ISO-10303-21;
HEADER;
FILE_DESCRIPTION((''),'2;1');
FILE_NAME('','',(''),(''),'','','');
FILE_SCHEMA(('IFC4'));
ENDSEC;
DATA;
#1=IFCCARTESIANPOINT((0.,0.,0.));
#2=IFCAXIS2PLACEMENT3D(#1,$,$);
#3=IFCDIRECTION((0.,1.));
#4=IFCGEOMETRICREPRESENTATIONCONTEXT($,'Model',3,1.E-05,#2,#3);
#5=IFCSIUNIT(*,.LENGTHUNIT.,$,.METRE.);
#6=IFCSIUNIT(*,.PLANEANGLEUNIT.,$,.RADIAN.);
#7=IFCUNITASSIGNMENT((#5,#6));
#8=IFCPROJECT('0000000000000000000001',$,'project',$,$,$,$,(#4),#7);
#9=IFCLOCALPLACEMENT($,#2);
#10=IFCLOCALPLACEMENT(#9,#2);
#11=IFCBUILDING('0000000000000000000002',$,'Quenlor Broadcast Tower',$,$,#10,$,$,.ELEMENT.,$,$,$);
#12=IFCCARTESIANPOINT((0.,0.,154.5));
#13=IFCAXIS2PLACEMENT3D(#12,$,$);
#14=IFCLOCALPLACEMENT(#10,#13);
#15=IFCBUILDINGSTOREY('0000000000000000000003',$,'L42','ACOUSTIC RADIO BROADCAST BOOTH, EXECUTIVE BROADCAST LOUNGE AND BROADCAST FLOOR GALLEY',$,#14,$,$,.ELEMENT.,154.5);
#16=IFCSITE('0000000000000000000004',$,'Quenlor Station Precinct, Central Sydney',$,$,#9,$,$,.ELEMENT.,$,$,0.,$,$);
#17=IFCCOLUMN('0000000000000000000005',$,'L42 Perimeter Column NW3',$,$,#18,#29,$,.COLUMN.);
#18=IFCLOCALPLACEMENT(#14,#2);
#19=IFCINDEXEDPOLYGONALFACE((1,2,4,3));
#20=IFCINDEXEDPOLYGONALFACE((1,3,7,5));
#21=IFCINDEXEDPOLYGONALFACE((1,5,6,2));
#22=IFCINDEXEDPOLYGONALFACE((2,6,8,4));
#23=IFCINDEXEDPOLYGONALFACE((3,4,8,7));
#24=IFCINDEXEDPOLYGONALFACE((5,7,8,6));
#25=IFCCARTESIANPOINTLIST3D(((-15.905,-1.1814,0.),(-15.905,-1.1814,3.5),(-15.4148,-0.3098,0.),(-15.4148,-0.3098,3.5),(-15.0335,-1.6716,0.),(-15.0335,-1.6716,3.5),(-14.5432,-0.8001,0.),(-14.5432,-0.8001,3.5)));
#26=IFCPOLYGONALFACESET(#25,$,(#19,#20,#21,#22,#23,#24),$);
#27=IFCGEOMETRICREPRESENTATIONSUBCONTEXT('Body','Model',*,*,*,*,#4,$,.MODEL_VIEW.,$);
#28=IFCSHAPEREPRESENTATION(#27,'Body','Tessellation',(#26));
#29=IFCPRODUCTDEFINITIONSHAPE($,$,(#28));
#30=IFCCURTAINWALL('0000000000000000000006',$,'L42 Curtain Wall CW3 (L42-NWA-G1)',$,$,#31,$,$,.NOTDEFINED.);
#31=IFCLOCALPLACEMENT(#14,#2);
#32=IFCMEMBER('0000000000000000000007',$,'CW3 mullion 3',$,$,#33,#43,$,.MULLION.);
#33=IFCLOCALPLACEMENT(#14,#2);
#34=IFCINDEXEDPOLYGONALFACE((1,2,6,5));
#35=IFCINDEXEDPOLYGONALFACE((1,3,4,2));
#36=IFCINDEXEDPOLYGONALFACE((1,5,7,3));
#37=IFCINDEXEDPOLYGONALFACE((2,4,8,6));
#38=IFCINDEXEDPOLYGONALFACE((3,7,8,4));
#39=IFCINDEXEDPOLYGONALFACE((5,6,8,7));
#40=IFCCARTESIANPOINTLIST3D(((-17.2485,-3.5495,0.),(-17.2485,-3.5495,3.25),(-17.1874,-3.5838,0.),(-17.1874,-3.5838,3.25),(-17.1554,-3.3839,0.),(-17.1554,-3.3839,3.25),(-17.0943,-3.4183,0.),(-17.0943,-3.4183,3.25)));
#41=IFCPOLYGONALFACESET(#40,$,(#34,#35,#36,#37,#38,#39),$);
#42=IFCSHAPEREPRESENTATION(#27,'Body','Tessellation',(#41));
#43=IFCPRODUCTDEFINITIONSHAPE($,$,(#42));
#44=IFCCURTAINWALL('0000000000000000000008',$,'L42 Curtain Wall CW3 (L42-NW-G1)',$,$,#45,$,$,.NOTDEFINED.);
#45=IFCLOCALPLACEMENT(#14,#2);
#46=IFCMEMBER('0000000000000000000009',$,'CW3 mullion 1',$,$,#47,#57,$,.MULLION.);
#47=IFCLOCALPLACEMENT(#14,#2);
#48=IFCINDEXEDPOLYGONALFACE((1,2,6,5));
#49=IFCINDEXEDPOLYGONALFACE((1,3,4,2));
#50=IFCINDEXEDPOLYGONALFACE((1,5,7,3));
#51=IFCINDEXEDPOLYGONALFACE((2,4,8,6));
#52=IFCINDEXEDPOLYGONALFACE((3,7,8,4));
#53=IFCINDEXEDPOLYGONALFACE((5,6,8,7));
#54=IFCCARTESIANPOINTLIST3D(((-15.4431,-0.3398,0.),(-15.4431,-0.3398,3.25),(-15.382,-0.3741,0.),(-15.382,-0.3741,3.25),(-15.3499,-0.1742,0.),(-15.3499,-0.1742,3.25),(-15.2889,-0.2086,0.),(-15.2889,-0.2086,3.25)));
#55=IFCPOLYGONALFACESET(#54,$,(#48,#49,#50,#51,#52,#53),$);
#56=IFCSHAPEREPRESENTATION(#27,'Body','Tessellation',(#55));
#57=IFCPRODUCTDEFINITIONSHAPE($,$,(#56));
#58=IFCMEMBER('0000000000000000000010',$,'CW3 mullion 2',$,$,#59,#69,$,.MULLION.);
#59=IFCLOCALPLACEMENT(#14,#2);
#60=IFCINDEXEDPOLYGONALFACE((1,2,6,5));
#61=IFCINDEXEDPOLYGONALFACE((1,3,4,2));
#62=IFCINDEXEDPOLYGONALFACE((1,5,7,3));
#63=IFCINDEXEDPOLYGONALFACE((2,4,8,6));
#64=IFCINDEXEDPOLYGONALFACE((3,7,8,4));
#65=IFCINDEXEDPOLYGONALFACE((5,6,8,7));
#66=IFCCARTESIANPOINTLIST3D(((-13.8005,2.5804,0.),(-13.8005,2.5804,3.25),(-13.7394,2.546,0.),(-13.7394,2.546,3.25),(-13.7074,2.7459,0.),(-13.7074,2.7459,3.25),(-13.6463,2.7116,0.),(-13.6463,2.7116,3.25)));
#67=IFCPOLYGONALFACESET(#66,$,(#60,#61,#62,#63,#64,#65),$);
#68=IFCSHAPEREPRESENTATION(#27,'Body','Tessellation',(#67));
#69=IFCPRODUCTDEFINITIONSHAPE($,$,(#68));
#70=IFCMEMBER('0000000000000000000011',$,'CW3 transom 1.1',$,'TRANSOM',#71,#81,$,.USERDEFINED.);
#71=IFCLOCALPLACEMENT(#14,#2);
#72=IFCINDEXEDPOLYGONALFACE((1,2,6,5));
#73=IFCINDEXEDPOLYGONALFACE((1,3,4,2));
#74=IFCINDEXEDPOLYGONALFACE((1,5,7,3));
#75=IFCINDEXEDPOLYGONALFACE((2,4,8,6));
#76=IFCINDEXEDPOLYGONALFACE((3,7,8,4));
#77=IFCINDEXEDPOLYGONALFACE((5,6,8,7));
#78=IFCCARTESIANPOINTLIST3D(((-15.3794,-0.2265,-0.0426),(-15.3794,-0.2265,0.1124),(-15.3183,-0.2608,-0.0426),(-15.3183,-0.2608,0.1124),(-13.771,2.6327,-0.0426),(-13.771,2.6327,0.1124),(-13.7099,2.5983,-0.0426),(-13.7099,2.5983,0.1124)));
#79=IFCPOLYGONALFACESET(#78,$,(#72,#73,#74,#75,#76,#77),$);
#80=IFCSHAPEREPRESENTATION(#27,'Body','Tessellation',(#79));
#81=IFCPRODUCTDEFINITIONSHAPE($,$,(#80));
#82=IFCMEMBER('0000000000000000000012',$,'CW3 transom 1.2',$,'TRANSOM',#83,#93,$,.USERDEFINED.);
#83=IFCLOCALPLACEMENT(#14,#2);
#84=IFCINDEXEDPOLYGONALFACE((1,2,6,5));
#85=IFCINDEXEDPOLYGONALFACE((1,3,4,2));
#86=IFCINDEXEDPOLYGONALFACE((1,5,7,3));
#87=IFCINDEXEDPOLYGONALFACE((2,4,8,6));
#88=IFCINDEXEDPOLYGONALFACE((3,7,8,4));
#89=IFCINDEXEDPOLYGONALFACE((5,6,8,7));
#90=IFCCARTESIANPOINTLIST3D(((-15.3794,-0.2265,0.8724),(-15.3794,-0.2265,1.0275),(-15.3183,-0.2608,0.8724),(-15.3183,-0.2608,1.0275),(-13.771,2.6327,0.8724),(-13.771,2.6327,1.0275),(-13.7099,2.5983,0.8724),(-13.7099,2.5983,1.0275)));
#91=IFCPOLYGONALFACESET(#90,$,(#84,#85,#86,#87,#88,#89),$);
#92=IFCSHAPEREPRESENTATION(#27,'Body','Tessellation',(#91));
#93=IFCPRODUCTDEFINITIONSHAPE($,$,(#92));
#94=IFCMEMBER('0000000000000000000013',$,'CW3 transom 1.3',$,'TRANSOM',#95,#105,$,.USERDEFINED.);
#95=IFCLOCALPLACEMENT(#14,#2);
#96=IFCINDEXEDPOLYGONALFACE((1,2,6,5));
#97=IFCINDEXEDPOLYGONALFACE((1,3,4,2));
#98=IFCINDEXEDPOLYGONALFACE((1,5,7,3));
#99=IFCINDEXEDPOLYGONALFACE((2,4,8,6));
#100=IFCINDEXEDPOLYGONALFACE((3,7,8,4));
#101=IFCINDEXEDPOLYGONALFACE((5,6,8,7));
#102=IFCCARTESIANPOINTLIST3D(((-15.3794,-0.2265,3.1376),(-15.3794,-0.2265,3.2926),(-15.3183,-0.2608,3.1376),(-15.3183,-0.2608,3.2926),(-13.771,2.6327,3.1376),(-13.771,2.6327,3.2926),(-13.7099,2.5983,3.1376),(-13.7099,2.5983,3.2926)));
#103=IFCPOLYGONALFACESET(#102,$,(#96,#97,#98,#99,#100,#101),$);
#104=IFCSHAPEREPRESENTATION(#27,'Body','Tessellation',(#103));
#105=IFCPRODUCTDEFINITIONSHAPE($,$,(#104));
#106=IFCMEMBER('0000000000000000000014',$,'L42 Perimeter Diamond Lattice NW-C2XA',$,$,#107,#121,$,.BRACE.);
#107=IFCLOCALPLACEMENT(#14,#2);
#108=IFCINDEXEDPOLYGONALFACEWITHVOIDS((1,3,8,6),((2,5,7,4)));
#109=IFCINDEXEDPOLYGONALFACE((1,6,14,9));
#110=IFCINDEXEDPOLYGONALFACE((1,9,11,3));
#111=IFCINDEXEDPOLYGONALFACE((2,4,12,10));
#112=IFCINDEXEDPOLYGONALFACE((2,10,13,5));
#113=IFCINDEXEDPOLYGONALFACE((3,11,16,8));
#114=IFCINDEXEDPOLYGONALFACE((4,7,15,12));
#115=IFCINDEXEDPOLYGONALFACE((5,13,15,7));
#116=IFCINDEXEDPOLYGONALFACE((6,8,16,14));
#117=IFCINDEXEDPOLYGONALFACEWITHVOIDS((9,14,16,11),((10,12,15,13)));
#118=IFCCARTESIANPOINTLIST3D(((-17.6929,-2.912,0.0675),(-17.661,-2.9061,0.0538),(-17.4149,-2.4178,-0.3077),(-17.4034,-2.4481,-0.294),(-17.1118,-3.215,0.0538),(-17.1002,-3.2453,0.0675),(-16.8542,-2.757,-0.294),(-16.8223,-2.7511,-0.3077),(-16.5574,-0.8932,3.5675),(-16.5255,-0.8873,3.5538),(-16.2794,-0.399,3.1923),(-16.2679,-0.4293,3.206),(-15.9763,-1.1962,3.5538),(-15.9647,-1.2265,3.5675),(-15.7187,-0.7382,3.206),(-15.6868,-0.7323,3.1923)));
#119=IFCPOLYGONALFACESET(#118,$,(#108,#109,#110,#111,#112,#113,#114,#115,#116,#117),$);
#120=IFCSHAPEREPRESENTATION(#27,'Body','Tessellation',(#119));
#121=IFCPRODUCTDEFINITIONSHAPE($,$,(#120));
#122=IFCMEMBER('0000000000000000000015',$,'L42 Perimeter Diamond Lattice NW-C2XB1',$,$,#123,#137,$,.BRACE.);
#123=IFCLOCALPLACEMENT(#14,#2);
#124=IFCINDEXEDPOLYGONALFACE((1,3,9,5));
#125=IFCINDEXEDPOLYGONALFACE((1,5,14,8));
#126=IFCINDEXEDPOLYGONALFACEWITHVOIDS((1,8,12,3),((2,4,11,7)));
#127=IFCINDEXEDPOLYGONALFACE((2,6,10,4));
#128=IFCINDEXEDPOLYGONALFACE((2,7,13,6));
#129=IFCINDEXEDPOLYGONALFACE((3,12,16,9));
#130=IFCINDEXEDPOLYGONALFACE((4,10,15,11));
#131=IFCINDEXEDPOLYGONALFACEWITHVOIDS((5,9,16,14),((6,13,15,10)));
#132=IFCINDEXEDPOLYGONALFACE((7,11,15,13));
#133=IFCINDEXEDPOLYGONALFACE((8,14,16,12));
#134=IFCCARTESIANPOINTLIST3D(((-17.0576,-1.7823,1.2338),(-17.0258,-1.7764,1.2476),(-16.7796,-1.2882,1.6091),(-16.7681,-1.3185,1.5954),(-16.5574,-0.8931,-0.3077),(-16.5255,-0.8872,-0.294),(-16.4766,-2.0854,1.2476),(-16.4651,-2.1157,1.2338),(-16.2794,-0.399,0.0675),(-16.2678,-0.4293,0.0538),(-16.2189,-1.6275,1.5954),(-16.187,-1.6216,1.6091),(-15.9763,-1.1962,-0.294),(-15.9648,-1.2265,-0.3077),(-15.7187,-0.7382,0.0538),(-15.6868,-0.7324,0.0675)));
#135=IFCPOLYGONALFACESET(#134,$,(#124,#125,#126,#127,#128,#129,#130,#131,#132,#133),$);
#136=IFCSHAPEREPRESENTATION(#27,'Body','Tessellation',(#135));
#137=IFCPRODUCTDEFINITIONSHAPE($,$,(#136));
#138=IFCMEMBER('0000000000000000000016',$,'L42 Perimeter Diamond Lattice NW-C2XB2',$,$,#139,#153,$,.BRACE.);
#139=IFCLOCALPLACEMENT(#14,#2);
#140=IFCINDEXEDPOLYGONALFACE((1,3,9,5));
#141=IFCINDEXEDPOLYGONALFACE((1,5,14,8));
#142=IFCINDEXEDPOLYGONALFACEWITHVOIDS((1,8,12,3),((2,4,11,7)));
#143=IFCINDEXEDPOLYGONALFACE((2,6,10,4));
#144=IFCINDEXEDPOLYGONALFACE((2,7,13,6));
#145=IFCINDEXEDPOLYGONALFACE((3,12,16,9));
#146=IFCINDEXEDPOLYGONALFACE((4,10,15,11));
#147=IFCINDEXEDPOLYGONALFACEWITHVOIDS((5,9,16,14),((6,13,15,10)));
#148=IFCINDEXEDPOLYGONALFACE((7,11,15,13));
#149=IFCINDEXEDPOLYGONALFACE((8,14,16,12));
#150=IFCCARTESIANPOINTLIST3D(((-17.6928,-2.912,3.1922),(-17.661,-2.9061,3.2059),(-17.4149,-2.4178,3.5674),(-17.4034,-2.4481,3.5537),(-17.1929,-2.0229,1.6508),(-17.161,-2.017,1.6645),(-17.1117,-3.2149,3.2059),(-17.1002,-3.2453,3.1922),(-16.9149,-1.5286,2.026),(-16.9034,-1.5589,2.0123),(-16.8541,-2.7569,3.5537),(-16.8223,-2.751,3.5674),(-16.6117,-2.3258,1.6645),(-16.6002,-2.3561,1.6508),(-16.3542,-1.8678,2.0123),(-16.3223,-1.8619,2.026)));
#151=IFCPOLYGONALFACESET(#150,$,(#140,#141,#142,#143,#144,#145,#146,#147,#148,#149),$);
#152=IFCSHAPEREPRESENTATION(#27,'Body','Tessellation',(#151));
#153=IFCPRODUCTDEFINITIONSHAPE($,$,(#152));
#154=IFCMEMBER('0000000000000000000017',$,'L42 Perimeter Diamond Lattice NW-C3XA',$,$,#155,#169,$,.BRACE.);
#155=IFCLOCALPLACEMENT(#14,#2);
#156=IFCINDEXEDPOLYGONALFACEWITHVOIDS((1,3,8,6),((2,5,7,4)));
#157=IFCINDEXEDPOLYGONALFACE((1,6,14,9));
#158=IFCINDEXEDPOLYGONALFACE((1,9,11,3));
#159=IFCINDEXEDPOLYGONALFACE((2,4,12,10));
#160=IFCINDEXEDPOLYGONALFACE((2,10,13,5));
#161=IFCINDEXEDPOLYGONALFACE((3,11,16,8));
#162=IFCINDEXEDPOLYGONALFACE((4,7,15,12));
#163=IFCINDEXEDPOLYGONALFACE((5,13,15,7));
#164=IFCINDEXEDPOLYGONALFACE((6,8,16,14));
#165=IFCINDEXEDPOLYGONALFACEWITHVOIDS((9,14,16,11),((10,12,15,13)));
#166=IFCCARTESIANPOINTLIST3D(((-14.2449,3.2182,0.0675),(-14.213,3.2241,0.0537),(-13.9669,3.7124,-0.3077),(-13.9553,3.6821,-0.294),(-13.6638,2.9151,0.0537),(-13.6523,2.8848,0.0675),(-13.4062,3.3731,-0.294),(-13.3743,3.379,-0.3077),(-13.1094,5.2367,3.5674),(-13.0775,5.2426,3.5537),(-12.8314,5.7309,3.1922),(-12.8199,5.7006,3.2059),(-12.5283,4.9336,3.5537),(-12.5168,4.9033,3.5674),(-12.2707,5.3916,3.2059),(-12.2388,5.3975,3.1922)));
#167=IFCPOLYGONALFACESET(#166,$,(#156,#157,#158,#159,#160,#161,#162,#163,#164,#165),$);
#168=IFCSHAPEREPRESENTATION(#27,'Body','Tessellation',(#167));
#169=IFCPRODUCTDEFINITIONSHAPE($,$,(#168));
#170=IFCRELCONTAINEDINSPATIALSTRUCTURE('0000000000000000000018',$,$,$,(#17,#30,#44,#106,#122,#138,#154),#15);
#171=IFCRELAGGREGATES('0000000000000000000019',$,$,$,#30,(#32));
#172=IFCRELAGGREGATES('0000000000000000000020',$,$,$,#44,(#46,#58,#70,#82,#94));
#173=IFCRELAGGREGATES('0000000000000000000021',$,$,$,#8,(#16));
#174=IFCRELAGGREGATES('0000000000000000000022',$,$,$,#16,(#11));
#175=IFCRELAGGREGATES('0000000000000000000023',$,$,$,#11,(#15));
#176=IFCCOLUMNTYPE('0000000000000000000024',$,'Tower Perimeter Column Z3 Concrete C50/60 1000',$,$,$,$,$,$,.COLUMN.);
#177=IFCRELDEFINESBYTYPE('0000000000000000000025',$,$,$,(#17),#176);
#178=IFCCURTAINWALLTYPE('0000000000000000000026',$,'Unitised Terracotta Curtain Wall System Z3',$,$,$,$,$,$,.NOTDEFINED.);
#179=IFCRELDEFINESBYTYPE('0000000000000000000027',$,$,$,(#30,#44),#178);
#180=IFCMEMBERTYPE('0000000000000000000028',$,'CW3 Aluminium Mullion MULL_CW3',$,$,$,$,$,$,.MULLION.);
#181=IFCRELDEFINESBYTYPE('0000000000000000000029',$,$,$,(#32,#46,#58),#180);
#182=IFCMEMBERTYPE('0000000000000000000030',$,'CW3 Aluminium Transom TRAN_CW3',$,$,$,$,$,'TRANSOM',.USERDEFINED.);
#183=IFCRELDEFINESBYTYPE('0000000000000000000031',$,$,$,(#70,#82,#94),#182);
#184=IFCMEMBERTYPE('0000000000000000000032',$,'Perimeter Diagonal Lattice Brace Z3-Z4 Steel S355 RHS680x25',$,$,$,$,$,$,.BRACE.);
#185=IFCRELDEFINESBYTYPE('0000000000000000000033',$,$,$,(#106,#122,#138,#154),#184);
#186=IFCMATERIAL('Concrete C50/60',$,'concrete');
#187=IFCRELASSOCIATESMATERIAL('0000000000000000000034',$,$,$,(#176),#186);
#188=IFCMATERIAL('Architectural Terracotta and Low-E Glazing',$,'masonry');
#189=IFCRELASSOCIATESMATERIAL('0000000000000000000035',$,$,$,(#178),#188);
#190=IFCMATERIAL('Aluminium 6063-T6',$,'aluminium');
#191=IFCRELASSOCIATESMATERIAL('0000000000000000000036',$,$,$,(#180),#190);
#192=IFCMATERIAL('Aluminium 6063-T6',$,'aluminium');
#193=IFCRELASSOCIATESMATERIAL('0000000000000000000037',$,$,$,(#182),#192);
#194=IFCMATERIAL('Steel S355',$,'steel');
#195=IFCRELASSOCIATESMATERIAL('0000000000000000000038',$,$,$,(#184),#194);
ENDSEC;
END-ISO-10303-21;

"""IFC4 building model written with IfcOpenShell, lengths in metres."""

from ifc_helpers import new_model, si_unit, direction, frame, origin, origin_2d, place, context, subcontext, project, spatial, rectangle, hollow_rectangle, extrude, material, material_profile, profile_set, type_object, element, aggregate, save


model = new_model("IFC4")

# Units and contexts
model_context = context("Model", 3, precision=1e-05, world=origin(), true_north=direction((0.0, 1.0)))
body_context = subcontext(model_context, "Body", "Model", "MODEL_VIEW")
ifc_project = project(units=[si_unit("LENGTHUNIT", "METRE"), si_unit("PLANEANGLEUNIT", "RADIAN")], contexts=[model_context])

# Site, building, storey
site_placement = place(None, origin())
site = spatial("IfcSite", under=ifc_project, at=site_placement, Name="Quenlor Station Precinct, Central Sydney", CompositionType="ELEMENT", RefElevation=0.0)
building_placement = place(site_placement, origin())
building = spatial("IfcBuilding", under=site, at=building_placement, Name="Quenlor Broadcast Tower", CompositionType="ELEMENT")
storey_placement = place(building_placement, frame((0.0, 0.0, 154.5)))
storey = spatial("IfcBuildingStorey", under=building, at=storey_placement, Name="L42", Description="ACOUSTIC RADIO BROADCAST BOOTH, EXECUTIVE BROADCAST LOUNGE AND BROADCAST FLOOR GALLEY", CompositionType="ELEMENT", Elevation=154.5)

# Column
ifc_material_1 = material(Name="Concrete C50/60", Category="concrete")
ifc_material_profile_1 = material_profile(ifc_material_1, rectangle(XDim=1.0, YDim=1.0, at=origin_2d()))
ifc_profile_set_1 = profile_set([ifc_material_profile_1], Name="Concrete C50/60 RC1000x1000")
column_type = type_object("IfcColumnType", Name="Tower Perimeter Column Z3 Concrete C50/60 1000", PredefinedType="COLUMN", material=ifc_profile_set_1)
column_placement = place(storey_placement, frame((-15.2241, -0.9907, 0.0), z_axis=(0.0, 0.0, 1.0), x_axis=(-0.871575, 0.490262, 0.0)))
element("IfcColumn", 1, at=column_placement, inside=storey, type_object=column_type, Name="L42 Perimeter Column NW3", PredefinedType="COLUMN", context=body_context, shape_type="SweptSolid", body=[
    extrude(rectangle(XDim=1.0, YDim=1.0, at=origin_2d()), origin(), (0.0, 0.0, 1.0), 3.5),
])

# Curtain wall, member
ifc_material_2 = material(Name="Architectural Terracotta and Low-E Glazing", Category="masonry")
curtain_wall_type = type_object("IfcCurtainWallType", Name="Unitised Terracotta Curtain Wall System Z3", PredefinedType="NOTDEFINED", material=ifc_material_2)
curtain_wall_1_placement = place(storey_placement, origin())
curtain_wall_1 = element("IfcCurtainWall", 2, at=curtain_wall_1_placement, inside=storey, type_object=curtain_wall_type, Name="L42 Curtain Wall CW3 (L42-NWA-G1)", PredefinedType="NOTDEFINED")
ifc_material_3 = material(Name="Aluminium 6063-T6", Category="aluminium")
ifc_material_profile_2 = material_profile(ifc_material_3, rectangle(XDim=0.0701, YDim=0.1899, at=origin_2d()))
ifc_profile_set_2 = profile_set([ifc_material_profile_2], Name="Aluminium 6063-T6 MULL70x190")
member_type_1 = type_object("IfcMemberType", Name="CW3 Aluminium Mullion MULL_CW3", PredefinedType="MULLION", material=ifc_profile_set_2)
member_1_placement = place(storey_placement, frame((-17.1714, -3.4839, 0.0), z_axis=(0.0, 0.0, 1.0), x_axis=(-0.871577, 0.490259, 0.0)))
member_1 = element("IfcMember", 3, at=member_1_placement, type_object=member_type_1, Name="CW3 mullion 3", PredefinedType="MULLION", context=body_context, shape_type="SweptSolid", body=[
    extrude(rectangle(XDim=0.0701, YDim=0.1899, at=origin_2d()), origin(), (0.0, 0.0, 1.0), 3.25),
])
aggregate(curtain_wall_1, [member_1])

# Curtain wall, members
curtain_wall_2_placement = place(storey_placement, origin())
curtain_wall_2 = element("IfcCurtainWall", 4, at=curtain_wall_2_placement, inside=storey, type_object=curtain_wall_type, Name="L42 Curtain Wall CW3 (L42-NW-G1)", PredefinedType="NOTDEFINED")
member_2_placement = place(storey_placement, frame((-15.366, -0.2742, 0.0), z_axis=(0.0, 0.0, 1.0), x_axis=(-0.871572, 0.490268, 0.0)))
member_2 = element("IfcMember", 5, at=member_2_placement, type_object=member_type_1, Name="CW3 mullion 1", PredefinedType="MULLION", context=body_context, shape_type="SweptSolid", body=[
    extrude(rectangle(XDim=0.0701, YDim=0.1899, at=origin_2d()), origin(), (0.0, 0.0, 1.0), 3.25),
])
member_3_placement = place(storey_placement, frame((-13.7234, 2.646, 0.0), z_axis=(0.0, 0.0, 1.0), x_axis=(-0.871572, 0.490268, 0.0)))
member_3 = element("IfcMember", 6, at=member_3_placement, type_object=member_type_1, Name="CW3 mullion 2", PredefinedType="MULLION", context=body_context, shape_type="SweptSolid", body=[
    extrude(rectangle(XDim=0.0701, YDim=0.1899, at=origin_2d()), origin(), (0.0, 0.0, 1.0), 3.25),
])
ifc_material_4 = material(Name="Aluminium 6063-T6", Category="aluminium")
ifc_material_profile_3 = material_profile(ifc_material_4, rectangle(XDim=0.0701, YDim=0.155, at=origin_2d()))
ifc_profile_set_3 = profile_set([ifc_material_profile_3], Name="Aluminium 6063-T6 TRAN70x155")
member_type_2 = type_object("IfcMemberType", Name="CW3 Aluminium Transom TRAN_CW3", ElementType="TRANSOM", PredefinedType="USERDEFINED", material=ifc_profile_set_3)
member_4_placement = place(storey_placement, frame((-15.3489, -0.2437, 0.0349), z_axis=(0.490293, 0.871558, 0.0), x_axis=(-0.871558, 0.490293, 0.0)))
member_4 = element("IfcMember", 7, at=member_4_placement, type_object=member_type_2, Name="CW3 transom 1.1", ObjectType="TRANSOM", PredefinedType="USERDEFINED", context=body_context, shape_type="SweptSolid", body=[
    extrude(rectangle(XDim=0.0701, YDim=0.155, at=origin_2d()), origin(), (0.0, 0.0, 1.0), 3.2805),
])
member_5_placement = place(storey_placement, frame((-15.3489, -0.2437, 0.95), z_axis=(0.490293, 0.871558, 0.0), x_axis=(-0.871558, 0.490293, 0.0)))
member_5 = element("IfcMember", 8, at=member_5_placement, type_object=member_type_2, Name="CW3 transom 1.2", ObjectType="TRANSOM", PredefinedType="USERDEFINED", context=body_context, shape_type="SweptSolid", body=[
    extrude(rectangle(XDim=0.0701, YDim=0.155, at=origin_2d()), origin(), (0.0, 0.0, 1.0), 3.2805),
])
member_6_placement = place(storey_placement, frame((-15.3489, -0.2437, 3.2151), z_axis=(0.490293, 0.871558, 0.0), x_axis=(-0.871558, 0.490293, 0.0)))
member_6 = element("IfcMember", 9, at=member_6_placement, type_object=member_type_2, Name="CW3 transom 1.3", ObjectType="TRANSOM", PredefinedType="USERDEFINED", context=body_context, shape_type="SweptSolid", body=[
    extrude(rectangle(XDim=0.0701, YDim=0.155, at=origin_2d()), origin(), (0.0, 0.0, 1.0), 3.2805),
])

# Members
ifc_material_5 = material(Name="Steel S355", Category="steel")
ifc_material_profile_4 = material_profile(ifc_material_5, hollow_rectangle(XDim=0.6799, YDim=0.6799, WallThickness=0.0249, at=origin_2d()))
ifc_profile_set_4 = profile_set([ifc_material_profile_4], Name="Steel S355 RHS680x680x25")
member_type_3 = type_object("IfcMemberType", Name="Perimeter Diagonal Lattice Brace Z3-Z4 Steel S355 RHS680x25", PredefinedType="BRACE", material=ifc_profile_set_4)
member_7_placement = place(storey_placement, frame((-17.2576, -2.8315, -0.1201), z_axis=(0.270549, 0.481009, 0.833927), x_axis=(-0.87159, 0.490236, 0.0)))
element("IfcMember", 10, at=member_7_placement, inside=storey, type_object=member_type_3, Name="L42 Perimeter Diamond Lattice NW-C2XA", PredefinedType="BRACE", context=body_context, shape_type="SweptSolid", body=[
    extrude(hollow_rectangle(XDim=0.6799, YDim=0.6799, WallThickness=0.0249, at=origin_2d()), origin(), (0.0, 0.0, 1.0), 4.197),
])
member_8_placement = place(storey_placement, frame((-16.1221, -0.8127, -0.1201), z_axis=(-0.270616, -0.481008, 0.833905), x_axis=(0.871537, -0.490329, 0.0)))
element("IfcMember", 11, at=member_8_placement, inside=storey, type_object=member_type_3, Name="L42 Perimeter Diamond Lattice NW-C2XB1", PredefinedType="BRACE", context=body_context, shape_type="SweptSolid", body=[
    extrude(hollow_rectangle(XDim=0.6799, YDim=0.6799, WallThickness=0.0249, at=origin_2d()), origin(), (0.0, 0.0, 1.0), 1.8486),
])
member_9_placement = place(storey_placement, frame((-16.7576, -1.9424, 1.8384), z_axis=(-0.270494, -0.481025, 0.833935), x_axis=(0.871639, -0.490148, 0.0)))
element("IfcMember", 12, at=member_9_placement, inside=storey, type_object=member_type_3, Name="L42 Perimeter Diamond Lattice NW-C2XB2", PredefinedType="BRACE", context=body_context, shape_type="SweptSolid", body=[
    extrude(hollow_rectangle(XDim=0.6799, YDim=0.6799, WallThickness=0.0249, at=origin_2d()), origin(), (0.0, 0.0, 1.0), 1.8484),
])
member_10_placement = place(storey_placement, frame((-13.8096, 3.2986, -0.1201), z_axis=(0.270557, 0.480964, 0.83395), x_axis=(-0.871564, 0.490281, 0.0)))
element("IfcMember", 13, at=member_10_placement, inside=storey, type_object=member_type_3, Name="L42 Perimeter Diamond Lattice NW-C3XA", PredefinedType="BRACE", context=body_context, shape_type="SweptSolid", body=[
    extrude(hollow_rectangle(XDim=0.6799, YDim=0.6799, WallThickness=0.0249, at=origin_2d()), origin(), (0.0, 0.0, 1.0), 4.1968),
])

aggregate(curtain_wall_2, [member_2, member_3, member_4, member_5, member_6])

save(model, "model.ifc")
